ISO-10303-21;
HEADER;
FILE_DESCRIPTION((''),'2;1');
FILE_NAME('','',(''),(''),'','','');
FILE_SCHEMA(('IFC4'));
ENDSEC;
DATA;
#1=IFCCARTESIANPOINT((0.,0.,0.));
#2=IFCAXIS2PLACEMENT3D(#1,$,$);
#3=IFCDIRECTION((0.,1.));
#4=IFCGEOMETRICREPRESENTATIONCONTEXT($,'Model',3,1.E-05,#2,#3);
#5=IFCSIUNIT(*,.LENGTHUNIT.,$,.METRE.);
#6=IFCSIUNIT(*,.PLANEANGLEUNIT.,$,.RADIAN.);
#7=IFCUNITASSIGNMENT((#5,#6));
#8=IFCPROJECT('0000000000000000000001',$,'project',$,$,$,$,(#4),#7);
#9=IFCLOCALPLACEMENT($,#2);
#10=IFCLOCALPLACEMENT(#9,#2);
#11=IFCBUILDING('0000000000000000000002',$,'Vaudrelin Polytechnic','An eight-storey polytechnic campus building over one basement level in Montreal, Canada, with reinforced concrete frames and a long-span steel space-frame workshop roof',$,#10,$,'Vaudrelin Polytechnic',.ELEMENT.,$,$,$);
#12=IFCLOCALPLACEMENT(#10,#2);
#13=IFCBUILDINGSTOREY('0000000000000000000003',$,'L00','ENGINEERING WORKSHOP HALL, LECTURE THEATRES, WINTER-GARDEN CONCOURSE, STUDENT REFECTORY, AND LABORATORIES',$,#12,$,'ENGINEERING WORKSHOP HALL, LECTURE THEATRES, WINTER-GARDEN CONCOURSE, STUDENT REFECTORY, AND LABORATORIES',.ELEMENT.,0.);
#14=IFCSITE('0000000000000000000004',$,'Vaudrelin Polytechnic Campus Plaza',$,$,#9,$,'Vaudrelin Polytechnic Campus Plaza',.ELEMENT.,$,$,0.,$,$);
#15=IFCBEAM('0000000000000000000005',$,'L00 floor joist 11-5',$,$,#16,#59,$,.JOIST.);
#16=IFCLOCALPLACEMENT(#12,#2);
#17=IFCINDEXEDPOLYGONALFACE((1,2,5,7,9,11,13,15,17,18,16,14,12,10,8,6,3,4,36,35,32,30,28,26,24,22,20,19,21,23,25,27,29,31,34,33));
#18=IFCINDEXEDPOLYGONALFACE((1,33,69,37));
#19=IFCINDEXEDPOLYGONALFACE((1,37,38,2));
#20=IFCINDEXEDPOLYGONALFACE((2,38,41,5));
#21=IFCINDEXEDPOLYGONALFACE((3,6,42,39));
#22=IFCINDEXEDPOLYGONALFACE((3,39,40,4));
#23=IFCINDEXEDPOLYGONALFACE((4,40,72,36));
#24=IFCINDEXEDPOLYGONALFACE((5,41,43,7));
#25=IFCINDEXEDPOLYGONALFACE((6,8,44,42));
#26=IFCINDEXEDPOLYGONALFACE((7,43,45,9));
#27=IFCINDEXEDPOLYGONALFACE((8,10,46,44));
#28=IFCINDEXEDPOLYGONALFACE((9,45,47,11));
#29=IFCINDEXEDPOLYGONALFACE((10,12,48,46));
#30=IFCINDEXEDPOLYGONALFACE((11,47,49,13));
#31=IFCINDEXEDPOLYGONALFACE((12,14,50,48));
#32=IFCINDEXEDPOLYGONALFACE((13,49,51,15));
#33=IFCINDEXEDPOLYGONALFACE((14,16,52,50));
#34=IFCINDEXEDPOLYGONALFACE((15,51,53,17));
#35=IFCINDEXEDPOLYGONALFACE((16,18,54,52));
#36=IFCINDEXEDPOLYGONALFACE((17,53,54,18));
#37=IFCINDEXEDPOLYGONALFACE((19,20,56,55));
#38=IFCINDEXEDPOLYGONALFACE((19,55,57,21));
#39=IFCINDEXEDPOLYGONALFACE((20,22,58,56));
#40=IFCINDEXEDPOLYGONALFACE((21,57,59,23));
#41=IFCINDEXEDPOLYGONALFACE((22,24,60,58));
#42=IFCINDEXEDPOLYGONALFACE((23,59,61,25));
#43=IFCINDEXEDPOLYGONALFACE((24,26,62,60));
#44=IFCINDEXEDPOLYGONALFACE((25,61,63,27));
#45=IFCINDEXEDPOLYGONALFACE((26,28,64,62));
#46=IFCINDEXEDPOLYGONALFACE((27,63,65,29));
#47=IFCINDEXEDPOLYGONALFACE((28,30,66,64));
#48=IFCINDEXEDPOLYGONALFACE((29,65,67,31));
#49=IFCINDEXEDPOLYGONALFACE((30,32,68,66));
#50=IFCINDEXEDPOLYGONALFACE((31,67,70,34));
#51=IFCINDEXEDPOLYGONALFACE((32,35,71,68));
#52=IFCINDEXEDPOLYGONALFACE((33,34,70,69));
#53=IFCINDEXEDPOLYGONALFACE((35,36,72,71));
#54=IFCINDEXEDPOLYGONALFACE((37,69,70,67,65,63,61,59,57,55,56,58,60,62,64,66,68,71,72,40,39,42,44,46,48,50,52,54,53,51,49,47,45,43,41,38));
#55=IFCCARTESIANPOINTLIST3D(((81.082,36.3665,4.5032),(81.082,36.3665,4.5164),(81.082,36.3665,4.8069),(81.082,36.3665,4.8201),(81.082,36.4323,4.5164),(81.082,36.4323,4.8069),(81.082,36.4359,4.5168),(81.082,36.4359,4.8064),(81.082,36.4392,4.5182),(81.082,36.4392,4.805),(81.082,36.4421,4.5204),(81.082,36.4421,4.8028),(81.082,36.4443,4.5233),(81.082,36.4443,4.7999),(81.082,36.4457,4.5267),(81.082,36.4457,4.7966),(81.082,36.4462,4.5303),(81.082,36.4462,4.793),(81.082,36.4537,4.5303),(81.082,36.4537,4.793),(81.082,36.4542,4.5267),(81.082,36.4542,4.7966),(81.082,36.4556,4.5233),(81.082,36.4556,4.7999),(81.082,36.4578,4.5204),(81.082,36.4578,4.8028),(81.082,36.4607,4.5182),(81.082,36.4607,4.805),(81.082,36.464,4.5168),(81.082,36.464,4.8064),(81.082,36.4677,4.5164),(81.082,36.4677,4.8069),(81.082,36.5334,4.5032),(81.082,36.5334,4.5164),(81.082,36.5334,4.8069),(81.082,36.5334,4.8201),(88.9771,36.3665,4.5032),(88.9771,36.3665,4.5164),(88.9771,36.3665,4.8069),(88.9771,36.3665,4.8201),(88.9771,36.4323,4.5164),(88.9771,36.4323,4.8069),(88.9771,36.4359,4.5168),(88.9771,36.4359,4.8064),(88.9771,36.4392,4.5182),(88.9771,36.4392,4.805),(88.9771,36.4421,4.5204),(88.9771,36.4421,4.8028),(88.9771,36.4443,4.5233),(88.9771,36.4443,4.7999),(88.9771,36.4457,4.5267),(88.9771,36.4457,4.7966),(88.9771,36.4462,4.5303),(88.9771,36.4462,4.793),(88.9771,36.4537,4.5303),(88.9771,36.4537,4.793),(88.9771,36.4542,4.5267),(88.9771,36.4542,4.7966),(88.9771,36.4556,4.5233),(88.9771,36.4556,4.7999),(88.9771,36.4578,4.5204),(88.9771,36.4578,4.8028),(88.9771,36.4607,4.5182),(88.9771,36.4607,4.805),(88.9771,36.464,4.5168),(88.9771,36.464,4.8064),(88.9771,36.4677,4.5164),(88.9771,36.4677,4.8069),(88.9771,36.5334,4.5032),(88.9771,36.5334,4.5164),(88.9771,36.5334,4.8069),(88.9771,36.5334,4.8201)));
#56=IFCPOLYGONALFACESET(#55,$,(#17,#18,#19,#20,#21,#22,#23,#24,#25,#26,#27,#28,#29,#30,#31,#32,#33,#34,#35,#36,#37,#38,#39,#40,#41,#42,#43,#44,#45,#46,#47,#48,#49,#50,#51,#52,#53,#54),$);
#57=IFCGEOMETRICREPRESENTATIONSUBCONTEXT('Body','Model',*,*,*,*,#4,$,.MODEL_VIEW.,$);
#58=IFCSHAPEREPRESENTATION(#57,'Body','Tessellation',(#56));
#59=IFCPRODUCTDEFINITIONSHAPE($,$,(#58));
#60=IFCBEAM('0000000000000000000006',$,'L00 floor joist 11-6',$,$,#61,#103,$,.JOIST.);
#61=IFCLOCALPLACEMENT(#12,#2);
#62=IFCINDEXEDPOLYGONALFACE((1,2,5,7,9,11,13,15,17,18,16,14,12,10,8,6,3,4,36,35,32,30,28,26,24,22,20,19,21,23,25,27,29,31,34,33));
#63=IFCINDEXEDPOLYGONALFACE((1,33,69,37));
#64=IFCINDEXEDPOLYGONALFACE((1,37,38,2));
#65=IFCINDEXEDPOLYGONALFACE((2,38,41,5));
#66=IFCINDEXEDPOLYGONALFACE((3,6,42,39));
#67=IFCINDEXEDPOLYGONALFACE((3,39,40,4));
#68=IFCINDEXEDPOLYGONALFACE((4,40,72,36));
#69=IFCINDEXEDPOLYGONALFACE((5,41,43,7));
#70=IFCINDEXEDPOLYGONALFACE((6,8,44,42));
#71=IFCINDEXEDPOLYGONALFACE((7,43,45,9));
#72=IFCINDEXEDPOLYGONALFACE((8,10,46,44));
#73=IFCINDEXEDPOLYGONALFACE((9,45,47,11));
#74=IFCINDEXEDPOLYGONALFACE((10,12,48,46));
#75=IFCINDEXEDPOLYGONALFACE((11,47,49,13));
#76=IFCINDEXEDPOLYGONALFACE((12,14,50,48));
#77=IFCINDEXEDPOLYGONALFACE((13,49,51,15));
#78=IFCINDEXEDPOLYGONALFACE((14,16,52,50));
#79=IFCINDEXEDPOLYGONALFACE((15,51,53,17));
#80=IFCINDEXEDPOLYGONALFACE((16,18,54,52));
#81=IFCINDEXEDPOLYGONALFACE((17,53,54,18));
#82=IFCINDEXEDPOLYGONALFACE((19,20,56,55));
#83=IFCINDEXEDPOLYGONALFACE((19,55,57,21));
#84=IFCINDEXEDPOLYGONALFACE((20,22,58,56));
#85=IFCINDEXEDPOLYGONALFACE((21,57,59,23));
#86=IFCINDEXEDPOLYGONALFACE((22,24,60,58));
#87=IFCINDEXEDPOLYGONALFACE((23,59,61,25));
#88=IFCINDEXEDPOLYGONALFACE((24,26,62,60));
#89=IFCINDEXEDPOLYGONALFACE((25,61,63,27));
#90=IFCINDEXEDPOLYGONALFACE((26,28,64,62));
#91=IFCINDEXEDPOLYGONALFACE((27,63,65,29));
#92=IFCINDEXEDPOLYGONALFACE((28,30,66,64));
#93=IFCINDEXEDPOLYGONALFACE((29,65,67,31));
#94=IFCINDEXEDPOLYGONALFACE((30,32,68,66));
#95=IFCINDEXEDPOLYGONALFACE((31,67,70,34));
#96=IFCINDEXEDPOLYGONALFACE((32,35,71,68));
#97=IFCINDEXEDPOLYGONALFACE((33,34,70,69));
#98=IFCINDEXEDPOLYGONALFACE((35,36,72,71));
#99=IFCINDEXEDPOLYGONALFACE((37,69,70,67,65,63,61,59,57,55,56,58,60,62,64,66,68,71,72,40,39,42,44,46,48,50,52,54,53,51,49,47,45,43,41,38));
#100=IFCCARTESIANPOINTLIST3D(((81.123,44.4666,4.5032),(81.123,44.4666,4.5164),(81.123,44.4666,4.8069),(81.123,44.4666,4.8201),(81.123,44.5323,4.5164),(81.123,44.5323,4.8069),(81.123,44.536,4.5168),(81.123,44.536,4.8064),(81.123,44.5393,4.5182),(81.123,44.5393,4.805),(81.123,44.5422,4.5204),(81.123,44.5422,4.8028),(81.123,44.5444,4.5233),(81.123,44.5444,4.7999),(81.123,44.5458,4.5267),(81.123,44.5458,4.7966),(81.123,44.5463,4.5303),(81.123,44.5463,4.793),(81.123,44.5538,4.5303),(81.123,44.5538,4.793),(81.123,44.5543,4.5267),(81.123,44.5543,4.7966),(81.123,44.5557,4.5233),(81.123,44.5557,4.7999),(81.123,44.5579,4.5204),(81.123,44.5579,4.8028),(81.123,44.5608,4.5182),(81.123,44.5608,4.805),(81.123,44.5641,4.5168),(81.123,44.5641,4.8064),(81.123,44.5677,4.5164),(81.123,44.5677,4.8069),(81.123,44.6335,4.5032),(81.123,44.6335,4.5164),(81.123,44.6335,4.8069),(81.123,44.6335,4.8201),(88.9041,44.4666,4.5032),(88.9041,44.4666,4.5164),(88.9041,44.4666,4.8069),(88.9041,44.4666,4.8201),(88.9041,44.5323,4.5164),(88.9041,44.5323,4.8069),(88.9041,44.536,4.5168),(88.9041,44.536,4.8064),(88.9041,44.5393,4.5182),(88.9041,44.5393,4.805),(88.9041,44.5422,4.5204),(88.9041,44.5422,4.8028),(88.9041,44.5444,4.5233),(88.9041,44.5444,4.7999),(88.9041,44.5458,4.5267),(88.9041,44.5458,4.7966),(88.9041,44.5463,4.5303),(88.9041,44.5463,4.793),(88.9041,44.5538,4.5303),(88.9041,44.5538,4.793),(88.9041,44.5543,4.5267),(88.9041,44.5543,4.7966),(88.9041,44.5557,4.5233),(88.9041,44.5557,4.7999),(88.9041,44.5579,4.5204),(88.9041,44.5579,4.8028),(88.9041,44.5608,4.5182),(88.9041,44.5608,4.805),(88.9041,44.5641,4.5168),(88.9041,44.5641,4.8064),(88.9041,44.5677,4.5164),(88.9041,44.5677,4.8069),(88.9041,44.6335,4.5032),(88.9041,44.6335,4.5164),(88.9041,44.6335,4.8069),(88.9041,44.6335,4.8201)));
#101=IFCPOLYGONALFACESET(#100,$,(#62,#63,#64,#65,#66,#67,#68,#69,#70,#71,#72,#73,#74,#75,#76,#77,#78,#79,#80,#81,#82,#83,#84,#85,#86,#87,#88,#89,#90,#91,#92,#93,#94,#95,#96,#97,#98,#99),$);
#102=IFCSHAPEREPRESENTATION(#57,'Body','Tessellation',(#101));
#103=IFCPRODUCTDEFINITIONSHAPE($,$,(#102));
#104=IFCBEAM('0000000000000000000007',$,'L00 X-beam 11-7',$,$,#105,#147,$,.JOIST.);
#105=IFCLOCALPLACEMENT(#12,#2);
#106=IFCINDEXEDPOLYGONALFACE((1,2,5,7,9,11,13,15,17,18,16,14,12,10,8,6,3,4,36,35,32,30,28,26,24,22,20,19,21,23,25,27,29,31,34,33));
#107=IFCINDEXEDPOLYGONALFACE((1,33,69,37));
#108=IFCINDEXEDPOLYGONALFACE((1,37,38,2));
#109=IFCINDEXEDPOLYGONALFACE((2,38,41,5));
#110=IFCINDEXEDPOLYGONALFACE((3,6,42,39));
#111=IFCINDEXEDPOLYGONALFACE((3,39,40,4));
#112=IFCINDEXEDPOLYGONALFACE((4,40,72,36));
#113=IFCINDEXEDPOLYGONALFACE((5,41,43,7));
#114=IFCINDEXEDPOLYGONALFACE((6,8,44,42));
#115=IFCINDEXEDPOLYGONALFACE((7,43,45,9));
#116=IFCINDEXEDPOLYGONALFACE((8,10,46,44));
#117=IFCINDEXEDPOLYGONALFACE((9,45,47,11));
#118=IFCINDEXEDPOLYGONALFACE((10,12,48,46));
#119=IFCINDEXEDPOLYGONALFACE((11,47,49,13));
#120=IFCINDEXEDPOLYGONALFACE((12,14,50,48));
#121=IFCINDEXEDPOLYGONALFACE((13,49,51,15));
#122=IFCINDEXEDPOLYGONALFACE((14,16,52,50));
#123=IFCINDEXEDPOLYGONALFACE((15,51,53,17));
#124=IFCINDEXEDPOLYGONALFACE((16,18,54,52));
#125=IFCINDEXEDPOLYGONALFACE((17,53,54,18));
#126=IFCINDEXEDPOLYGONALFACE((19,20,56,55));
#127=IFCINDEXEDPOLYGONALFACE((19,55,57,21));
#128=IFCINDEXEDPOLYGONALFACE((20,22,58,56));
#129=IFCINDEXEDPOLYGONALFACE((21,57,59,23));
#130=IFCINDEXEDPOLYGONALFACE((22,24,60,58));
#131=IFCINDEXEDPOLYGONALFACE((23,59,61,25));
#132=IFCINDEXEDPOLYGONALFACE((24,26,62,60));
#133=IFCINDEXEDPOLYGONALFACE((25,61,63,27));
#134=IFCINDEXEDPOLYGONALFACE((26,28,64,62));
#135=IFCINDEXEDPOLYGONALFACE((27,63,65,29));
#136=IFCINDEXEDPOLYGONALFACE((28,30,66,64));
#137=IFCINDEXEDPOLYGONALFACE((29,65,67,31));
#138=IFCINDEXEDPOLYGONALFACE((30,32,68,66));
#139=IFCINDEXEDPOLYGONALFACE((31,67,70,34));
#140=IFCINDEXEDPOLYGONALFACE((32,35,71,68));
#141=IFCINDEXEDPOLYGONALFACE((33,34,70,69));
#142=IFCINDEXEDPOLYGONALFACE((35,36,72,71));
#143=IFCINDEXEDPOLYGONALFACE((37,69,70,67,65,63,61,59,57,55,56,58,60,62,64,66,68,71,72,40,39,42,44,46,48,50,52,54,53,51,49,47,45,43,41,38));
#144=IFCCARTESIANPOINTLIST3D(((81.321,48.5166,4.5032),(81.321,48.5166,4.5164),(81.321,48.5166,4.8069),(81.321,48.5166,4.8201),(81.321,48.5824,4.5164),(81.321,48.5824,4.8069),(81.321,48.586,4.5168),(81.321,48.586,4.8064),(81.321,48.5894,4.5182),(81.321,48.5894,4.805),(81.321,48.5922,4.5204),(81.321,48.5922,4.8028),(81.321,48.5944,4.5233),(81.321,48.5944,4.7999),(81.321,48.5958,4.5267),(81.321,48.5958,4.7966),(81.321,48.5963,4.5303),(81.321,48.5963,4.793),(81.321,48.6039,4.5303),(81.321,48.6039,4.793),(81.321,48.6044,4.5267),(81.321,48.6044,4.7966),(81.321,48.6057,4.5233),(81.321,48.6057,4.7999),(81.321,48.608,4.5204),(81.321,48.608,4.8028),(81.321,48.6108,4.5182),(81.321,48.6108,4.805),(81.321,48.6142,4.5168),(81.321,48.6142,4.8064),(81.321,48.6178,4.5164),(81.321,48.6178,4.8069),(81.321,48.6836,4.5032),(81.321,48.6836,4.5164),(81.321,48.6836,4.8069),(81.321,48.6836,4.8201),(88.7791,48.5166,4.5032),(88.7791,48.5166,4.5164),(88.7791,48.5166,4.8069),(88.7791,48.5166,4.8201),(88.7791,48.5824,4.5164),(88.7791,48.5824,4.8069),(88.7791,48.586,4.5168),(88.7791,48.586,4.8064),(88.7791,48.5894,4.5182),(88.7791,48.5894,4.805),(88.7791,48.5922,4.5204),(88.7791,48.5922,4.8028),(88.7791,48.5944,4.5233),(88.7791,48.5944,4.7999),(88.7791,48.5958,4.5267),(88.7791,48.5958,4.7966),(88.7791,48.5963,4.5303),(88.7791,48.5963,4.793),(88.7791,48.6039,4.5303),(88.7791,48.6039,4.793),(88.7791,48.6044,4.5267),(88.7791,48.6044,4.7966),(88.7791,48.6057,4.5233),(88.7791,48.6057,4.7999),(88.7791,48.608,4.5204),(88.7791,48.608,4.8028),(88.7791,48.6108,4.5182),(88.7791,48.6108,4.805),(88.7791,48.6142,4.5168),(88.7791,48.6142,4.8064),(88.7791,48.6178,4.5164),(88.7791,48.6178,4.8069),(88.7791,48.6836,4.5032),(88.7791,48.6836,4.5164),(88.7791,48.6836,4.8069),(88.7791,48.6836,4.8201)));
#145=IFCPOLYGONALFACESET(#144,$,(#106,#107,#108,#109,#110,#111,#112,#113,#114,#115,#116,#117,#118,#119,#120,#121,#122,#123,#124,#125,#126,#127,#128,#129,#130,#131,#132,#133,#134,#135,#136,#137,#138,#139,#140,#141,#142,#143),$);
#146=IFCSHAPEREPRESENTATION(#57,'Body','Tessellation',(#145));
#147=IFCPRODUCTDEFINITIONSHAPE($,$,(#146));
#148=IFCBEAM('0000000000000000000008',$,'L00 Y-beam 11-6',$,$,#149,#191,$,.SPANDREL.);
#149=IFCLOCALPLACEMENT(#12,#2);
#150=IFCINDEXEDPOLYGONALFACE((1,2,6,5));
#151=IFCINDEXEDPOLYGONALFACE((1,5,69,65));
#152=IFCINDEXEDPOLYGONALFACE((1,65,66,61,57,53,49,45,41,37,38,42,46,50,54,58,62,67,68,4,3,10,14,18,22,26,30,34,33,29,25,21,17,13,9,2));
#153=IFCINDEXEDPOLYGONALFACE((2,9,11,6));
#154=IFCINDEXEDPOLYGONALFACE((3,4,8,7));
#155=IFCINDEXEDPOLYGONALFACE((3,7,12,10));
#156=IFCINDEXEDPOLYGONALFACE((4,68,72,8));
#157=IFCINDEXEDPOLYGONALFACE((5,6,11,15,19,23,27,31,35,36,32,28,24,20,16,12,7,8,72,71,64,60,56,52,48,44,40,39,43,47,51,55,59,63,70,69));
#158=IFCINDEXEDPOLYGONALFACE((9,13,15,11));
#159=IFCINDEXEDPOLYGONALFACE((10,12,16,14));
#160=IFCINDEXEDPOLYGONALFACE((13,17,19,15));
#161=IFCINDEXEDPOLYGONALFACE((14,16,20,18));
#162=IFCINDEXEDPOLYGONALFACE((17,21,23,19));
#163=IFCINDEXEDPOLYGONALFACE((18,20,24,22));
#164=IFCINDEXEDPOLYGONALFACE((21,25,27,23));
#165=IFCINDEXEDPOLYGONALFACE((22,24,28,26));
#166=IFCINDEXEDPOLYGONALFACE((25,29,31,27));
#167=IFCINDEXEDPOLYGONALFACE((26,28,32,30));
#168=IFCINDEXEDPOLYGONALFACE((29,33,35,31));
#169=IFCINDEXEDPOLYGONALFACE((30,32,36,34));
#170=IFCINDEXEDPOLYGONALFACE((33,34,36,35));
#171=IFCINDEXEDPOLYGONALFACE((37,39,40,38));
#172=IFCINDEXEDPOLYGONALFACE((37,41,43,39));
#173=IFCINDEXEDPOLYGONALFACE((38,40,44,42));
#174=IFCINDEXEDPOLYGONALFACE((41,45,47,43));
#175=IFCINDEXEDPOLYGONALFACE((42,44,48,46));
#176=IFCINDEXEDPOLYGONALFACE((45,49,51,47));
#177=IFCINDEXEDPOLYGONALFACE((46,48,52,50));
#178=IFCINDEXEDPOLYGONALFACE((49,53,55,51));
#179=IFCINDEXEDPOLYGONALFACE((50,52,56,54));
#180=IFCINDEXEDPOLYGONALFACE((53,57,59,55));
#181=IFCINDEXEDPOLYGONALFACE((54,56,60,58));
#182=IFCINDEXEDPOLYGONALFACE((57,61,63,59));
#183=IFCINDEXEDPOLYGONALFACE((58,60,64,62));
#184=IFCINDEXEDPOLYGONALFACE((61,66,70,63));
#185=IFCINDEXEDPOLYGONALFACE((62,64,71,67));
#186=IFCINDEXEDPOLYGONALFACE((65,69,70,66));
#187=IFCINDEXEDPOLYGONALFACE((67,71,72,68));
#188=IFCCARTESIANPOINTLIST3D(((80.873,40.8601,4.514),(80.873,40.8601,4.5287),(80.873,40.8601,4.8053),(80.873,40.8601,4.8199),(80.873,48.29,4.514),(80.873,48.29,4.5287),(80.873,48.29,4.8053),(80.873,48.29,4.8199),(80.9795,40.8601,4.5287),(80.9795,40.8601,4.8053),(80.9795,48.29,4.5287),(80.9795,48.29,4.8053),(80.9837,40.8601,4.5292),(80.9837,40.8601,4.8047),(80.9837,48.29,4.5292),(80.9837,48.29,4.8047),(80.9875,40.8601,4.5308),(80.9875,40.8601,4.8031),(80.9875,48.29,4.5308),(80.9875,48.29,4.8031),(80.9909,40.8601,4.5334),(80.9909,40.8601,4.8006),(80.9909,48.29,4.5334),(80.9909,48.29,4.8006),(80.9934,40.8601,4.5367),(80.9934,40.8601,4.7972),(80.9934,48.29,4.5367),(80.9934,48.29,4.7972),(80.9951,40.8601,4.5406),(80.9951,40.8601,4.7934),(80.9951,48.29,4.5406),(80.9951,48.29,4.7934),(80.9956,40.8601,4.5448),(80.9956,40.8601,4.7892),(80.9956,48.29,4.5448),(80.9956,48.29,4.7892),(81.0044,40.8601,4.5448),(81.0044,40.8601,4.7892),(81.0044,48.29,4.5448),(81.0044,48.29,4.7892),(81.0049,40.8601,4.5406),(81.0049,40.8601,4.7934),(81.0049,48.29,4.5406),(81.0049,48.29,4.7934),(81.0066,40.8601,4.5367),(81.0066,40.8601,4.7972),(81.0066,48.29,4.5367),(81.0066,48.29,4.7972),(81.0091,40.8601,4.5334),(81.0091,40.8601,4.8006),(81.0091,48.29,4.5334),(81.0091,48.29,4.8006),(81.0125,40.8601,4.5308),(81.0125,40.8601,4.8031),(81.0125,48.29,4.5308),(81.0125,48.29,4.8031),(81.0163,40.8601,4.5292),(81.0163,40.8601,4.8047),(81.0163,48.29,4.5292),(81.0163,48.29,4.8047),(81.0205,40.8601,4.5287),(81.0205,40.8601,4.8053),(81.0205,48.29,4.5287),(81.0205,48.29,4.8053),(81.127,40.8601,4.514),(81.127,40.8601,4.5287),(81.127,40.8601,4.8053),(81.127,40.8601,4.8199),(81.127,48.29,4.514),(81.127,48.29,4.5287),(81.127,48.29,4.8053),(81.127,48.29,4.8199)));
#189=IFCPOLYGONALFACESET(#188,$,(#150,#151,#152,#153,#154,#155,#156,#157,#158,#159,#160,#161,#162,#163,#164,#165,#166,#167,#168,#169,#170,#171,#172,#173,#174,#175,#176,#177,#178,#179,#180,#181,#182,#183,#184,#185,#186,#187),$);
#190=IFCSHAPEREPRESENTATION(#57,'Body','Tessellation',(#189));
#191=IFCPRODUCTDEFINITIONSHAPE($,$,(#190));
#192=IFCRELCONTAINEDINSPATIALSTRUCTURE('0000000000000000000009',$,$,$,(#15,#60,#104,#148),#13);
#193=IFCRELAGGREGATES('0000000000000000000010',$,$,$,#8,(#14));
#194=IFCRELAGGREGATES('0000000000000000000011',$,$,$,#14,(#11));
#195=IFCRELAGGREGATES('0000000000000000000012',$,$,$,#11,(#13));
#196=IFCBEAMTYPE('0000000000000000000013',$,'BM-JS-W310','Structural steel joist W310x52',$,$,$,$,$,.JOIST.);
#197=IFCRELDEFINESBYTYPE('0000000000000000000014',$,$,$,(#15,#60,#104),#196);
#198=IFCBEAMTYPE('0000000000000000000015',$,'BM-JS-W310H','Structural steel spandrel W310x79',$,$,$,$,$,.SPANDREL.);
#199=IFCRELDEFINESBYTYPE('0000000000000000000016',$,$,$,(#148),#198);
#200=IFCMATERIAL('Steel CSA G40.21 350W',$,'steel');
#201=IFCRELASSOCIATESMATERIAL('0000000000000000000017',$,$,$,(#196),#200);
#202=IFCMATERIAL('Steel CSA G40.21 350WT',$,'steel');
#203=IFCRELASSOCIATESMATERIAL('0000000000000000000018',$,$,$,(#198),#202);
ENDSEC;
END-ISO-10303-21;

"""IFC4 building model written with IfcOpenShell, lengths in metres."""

from ifc_helpers import new_model, si_unit, direction, frame, origin, origin_2d, place, context, subcontext, project, spatial, i_section, extrude, material, material_profile, profile_set, type_object, element, save


model = new_model("IFC4")

# Units and contexts
model_context = context("Model", 3, precision=1e-05, world=origin(), true_north=direction((0.0, 1.0)))
body_context = subcontext(model_context, "Body", "Model", "MODEL_VIEW")
ifc_project = project(units=[si_unit("LENGTHUNIT", "METRE"), si_unit("PLANEANGLEUNIT", "RADIAN")], contexts=[model_context])

# Site, building, storey
site_placement = place(None, origin())
site = spatial("IfcSite", under=ifc_project, at=site_placement, Name="Vaudrelin Polytechnic Campus Plaza", LongName="Vaudrelin Polytechnic Campus Plaza", CompositionType="ELEMENT", RefElevation=0.0)
building_placement = place(site_placement, origin())
building = spatial("IfcBuilding", under=site, at=building_placement, Name="Vaudrelin Polytechnic", Description="An eight-storey polytechnic campus building over one basement level in Montreal, Canada, with reinforced concrete frames and a long-span steel space-frame workshop roof", LongName="Vaudrelin Polytechnic", CompositionType="ELEMENT")
storey_placement = place(building_placement, origin())
storey = spatial("IfcBuildingStorey", under=building, at=storey_placement, Name="L00", Description="ENGINEERING WORKSHOP HALL, LECTURE THEATRES, WINTER-GARDEN CONCOURSE, STUDENT REFECTORY, AND LABORATORIES", LongName="ENGINEERING WORKSHOP HALL, LECTURE THEATRES, WINTER-GARDEN CONCOURSE, STUDENT REFECTORY, AND LABORATORIES", CompositionType="ELEMENT", Elevation=0.0)

# Shared definitions
ifc_material_1 = material(Name="Steel CSA G40.21 350W", Category="steel")

# Beams
ifc_material_2 = material(Name="Steel CSA G40.21 350WT", Category="steel")
ifc_material_profile_1 = material_profile(ifc_material_1, i_section(OverallWidth=0.167, OverallDepth=0.3169, WebThickness=0.0076, FlangeThickness=0.0132, FilletRadius=0.0139, at=origin_2d()), Name="W310x52")
ifc_profile_set_1 = profile_set([ifc_material_profile_1], Name="Steel CSA G40.21 350W")
beam_type_1 = type_object("IfcBeamType", Name="BM-JS-W310", Description="Structural steel joist W310x52", PredefinedType="JOIST", material=ifc_profile_set_1)
beam_1_placement = place(storey_placement, frame((81.082, 36.45, 4.6616), z_axis=(1.0, 0.0, 0.0), x_axis=(0.0, 1.0, 0.0)))
element("IfcBeam", 1, at=beam_1_placement, inside=storey, type_object=beam_type_1, Name="L00 floor joist 11-5", PredefinedType="JOIST", context=body_context, shape_type="SweptSolid", body=[
    extrude(i_section(OverallWidth=0.167, OverallDepth=0.3169, WebThickness=0.0076, FlangeThickness=0.0132, FilletRadius=0.0139, at=origin_2d()), origin(), (0.0, 0.0, 1.0), 7.895),
])
beam_2_placement = place(storey_placement, frame((81.123, 44.55, 4.6616), z_axis=(1.0, 0.0, 0.0), x_axis=(0.0, 1.0, 0.0)))
element("IfcBeam", 2, at=beam_2_placement, inside=storey, type_object=beam_type_1, Name="L00 floor joist 11-6", PredefinedType="JOIST", context=body_context, shape_type="SweptSolid", body=[
    extrude(i_section(OverallWidth=0.167, OverallDepth=0.3169, WebThickness=0.0076, FlangeThickness=0.0132, FilletRadius=0.0139, at=origin_2d()), origin(), (0.0, 0.0, 1.0), 7.781),
])
beam_3_placement = place(storey_placement, frame((81.321, 48.6001, 4.6616), z_axis=(1.0, 0.0, 0.0), x_axis=(0.0, 1.0, 0.0)))
element("IfcBeam", 3, at=beam_3_placement, inside=storey, type_object=beam_type_1, Name="L00 X-beam 11-7", PredefinedType="JOIST", context=body_context, shape_type="SweptSolid", body=[
    extrude(i_section(OverallWidth=0.167, OverallDepth=0.3169, WebThickness=0.0076, FlangeThickness=0.0132, FilletRadius=0.0139, at=origin_2d()), origin(), (0.0, 0.0, 1.0), 7.458),
])
ifc_material_profile_2 = material_profile(ifc_material_2, i_section(OverallWidth=0.2539, OverallDepth=0.3059, WebThickness=0.0088, FlangeThickness=0.0146, FilletRadius=0.0161, at=origin_2d()), Name="W310x79")
ifc_profile_set_2 = profile_set([ifc_material_profile_2], Name="Steel CSA G40.21 350WT")
beam_type_2 = type_object("IfcBeamType", Name="BM-JS-W310H", Description="Structural steel spandrel W310x79", PredefinedType="SPANDREL", material=ifc_profile_set_2)
beam_4_placement = place(storey_placement, frame((81.0, 40.8601, 4.667), z_axis=(0.0, 1.0, 0.0), x_axis=(-1.0, 0.0, 0.0)))
element("IfcBeam", 4, at=beam_4_placement, inside=storey, type_object=beam_type_2, Name="L00 Y-beam 11-6", PredefinedType="SPANDREL", context=body_context, shape_type="SweptSolid", body=[
    extrude(i_section(OverallWidth=0.2539, OverallDepth=0.3059, WebThickness=0.0088, FlangeThickness=0.0146, FilletRadius=0.0161, at=origin_2d()), origin(), (0.0, 0.0, 1.0), 7.4299),
])

save(model, "model.ifc")
